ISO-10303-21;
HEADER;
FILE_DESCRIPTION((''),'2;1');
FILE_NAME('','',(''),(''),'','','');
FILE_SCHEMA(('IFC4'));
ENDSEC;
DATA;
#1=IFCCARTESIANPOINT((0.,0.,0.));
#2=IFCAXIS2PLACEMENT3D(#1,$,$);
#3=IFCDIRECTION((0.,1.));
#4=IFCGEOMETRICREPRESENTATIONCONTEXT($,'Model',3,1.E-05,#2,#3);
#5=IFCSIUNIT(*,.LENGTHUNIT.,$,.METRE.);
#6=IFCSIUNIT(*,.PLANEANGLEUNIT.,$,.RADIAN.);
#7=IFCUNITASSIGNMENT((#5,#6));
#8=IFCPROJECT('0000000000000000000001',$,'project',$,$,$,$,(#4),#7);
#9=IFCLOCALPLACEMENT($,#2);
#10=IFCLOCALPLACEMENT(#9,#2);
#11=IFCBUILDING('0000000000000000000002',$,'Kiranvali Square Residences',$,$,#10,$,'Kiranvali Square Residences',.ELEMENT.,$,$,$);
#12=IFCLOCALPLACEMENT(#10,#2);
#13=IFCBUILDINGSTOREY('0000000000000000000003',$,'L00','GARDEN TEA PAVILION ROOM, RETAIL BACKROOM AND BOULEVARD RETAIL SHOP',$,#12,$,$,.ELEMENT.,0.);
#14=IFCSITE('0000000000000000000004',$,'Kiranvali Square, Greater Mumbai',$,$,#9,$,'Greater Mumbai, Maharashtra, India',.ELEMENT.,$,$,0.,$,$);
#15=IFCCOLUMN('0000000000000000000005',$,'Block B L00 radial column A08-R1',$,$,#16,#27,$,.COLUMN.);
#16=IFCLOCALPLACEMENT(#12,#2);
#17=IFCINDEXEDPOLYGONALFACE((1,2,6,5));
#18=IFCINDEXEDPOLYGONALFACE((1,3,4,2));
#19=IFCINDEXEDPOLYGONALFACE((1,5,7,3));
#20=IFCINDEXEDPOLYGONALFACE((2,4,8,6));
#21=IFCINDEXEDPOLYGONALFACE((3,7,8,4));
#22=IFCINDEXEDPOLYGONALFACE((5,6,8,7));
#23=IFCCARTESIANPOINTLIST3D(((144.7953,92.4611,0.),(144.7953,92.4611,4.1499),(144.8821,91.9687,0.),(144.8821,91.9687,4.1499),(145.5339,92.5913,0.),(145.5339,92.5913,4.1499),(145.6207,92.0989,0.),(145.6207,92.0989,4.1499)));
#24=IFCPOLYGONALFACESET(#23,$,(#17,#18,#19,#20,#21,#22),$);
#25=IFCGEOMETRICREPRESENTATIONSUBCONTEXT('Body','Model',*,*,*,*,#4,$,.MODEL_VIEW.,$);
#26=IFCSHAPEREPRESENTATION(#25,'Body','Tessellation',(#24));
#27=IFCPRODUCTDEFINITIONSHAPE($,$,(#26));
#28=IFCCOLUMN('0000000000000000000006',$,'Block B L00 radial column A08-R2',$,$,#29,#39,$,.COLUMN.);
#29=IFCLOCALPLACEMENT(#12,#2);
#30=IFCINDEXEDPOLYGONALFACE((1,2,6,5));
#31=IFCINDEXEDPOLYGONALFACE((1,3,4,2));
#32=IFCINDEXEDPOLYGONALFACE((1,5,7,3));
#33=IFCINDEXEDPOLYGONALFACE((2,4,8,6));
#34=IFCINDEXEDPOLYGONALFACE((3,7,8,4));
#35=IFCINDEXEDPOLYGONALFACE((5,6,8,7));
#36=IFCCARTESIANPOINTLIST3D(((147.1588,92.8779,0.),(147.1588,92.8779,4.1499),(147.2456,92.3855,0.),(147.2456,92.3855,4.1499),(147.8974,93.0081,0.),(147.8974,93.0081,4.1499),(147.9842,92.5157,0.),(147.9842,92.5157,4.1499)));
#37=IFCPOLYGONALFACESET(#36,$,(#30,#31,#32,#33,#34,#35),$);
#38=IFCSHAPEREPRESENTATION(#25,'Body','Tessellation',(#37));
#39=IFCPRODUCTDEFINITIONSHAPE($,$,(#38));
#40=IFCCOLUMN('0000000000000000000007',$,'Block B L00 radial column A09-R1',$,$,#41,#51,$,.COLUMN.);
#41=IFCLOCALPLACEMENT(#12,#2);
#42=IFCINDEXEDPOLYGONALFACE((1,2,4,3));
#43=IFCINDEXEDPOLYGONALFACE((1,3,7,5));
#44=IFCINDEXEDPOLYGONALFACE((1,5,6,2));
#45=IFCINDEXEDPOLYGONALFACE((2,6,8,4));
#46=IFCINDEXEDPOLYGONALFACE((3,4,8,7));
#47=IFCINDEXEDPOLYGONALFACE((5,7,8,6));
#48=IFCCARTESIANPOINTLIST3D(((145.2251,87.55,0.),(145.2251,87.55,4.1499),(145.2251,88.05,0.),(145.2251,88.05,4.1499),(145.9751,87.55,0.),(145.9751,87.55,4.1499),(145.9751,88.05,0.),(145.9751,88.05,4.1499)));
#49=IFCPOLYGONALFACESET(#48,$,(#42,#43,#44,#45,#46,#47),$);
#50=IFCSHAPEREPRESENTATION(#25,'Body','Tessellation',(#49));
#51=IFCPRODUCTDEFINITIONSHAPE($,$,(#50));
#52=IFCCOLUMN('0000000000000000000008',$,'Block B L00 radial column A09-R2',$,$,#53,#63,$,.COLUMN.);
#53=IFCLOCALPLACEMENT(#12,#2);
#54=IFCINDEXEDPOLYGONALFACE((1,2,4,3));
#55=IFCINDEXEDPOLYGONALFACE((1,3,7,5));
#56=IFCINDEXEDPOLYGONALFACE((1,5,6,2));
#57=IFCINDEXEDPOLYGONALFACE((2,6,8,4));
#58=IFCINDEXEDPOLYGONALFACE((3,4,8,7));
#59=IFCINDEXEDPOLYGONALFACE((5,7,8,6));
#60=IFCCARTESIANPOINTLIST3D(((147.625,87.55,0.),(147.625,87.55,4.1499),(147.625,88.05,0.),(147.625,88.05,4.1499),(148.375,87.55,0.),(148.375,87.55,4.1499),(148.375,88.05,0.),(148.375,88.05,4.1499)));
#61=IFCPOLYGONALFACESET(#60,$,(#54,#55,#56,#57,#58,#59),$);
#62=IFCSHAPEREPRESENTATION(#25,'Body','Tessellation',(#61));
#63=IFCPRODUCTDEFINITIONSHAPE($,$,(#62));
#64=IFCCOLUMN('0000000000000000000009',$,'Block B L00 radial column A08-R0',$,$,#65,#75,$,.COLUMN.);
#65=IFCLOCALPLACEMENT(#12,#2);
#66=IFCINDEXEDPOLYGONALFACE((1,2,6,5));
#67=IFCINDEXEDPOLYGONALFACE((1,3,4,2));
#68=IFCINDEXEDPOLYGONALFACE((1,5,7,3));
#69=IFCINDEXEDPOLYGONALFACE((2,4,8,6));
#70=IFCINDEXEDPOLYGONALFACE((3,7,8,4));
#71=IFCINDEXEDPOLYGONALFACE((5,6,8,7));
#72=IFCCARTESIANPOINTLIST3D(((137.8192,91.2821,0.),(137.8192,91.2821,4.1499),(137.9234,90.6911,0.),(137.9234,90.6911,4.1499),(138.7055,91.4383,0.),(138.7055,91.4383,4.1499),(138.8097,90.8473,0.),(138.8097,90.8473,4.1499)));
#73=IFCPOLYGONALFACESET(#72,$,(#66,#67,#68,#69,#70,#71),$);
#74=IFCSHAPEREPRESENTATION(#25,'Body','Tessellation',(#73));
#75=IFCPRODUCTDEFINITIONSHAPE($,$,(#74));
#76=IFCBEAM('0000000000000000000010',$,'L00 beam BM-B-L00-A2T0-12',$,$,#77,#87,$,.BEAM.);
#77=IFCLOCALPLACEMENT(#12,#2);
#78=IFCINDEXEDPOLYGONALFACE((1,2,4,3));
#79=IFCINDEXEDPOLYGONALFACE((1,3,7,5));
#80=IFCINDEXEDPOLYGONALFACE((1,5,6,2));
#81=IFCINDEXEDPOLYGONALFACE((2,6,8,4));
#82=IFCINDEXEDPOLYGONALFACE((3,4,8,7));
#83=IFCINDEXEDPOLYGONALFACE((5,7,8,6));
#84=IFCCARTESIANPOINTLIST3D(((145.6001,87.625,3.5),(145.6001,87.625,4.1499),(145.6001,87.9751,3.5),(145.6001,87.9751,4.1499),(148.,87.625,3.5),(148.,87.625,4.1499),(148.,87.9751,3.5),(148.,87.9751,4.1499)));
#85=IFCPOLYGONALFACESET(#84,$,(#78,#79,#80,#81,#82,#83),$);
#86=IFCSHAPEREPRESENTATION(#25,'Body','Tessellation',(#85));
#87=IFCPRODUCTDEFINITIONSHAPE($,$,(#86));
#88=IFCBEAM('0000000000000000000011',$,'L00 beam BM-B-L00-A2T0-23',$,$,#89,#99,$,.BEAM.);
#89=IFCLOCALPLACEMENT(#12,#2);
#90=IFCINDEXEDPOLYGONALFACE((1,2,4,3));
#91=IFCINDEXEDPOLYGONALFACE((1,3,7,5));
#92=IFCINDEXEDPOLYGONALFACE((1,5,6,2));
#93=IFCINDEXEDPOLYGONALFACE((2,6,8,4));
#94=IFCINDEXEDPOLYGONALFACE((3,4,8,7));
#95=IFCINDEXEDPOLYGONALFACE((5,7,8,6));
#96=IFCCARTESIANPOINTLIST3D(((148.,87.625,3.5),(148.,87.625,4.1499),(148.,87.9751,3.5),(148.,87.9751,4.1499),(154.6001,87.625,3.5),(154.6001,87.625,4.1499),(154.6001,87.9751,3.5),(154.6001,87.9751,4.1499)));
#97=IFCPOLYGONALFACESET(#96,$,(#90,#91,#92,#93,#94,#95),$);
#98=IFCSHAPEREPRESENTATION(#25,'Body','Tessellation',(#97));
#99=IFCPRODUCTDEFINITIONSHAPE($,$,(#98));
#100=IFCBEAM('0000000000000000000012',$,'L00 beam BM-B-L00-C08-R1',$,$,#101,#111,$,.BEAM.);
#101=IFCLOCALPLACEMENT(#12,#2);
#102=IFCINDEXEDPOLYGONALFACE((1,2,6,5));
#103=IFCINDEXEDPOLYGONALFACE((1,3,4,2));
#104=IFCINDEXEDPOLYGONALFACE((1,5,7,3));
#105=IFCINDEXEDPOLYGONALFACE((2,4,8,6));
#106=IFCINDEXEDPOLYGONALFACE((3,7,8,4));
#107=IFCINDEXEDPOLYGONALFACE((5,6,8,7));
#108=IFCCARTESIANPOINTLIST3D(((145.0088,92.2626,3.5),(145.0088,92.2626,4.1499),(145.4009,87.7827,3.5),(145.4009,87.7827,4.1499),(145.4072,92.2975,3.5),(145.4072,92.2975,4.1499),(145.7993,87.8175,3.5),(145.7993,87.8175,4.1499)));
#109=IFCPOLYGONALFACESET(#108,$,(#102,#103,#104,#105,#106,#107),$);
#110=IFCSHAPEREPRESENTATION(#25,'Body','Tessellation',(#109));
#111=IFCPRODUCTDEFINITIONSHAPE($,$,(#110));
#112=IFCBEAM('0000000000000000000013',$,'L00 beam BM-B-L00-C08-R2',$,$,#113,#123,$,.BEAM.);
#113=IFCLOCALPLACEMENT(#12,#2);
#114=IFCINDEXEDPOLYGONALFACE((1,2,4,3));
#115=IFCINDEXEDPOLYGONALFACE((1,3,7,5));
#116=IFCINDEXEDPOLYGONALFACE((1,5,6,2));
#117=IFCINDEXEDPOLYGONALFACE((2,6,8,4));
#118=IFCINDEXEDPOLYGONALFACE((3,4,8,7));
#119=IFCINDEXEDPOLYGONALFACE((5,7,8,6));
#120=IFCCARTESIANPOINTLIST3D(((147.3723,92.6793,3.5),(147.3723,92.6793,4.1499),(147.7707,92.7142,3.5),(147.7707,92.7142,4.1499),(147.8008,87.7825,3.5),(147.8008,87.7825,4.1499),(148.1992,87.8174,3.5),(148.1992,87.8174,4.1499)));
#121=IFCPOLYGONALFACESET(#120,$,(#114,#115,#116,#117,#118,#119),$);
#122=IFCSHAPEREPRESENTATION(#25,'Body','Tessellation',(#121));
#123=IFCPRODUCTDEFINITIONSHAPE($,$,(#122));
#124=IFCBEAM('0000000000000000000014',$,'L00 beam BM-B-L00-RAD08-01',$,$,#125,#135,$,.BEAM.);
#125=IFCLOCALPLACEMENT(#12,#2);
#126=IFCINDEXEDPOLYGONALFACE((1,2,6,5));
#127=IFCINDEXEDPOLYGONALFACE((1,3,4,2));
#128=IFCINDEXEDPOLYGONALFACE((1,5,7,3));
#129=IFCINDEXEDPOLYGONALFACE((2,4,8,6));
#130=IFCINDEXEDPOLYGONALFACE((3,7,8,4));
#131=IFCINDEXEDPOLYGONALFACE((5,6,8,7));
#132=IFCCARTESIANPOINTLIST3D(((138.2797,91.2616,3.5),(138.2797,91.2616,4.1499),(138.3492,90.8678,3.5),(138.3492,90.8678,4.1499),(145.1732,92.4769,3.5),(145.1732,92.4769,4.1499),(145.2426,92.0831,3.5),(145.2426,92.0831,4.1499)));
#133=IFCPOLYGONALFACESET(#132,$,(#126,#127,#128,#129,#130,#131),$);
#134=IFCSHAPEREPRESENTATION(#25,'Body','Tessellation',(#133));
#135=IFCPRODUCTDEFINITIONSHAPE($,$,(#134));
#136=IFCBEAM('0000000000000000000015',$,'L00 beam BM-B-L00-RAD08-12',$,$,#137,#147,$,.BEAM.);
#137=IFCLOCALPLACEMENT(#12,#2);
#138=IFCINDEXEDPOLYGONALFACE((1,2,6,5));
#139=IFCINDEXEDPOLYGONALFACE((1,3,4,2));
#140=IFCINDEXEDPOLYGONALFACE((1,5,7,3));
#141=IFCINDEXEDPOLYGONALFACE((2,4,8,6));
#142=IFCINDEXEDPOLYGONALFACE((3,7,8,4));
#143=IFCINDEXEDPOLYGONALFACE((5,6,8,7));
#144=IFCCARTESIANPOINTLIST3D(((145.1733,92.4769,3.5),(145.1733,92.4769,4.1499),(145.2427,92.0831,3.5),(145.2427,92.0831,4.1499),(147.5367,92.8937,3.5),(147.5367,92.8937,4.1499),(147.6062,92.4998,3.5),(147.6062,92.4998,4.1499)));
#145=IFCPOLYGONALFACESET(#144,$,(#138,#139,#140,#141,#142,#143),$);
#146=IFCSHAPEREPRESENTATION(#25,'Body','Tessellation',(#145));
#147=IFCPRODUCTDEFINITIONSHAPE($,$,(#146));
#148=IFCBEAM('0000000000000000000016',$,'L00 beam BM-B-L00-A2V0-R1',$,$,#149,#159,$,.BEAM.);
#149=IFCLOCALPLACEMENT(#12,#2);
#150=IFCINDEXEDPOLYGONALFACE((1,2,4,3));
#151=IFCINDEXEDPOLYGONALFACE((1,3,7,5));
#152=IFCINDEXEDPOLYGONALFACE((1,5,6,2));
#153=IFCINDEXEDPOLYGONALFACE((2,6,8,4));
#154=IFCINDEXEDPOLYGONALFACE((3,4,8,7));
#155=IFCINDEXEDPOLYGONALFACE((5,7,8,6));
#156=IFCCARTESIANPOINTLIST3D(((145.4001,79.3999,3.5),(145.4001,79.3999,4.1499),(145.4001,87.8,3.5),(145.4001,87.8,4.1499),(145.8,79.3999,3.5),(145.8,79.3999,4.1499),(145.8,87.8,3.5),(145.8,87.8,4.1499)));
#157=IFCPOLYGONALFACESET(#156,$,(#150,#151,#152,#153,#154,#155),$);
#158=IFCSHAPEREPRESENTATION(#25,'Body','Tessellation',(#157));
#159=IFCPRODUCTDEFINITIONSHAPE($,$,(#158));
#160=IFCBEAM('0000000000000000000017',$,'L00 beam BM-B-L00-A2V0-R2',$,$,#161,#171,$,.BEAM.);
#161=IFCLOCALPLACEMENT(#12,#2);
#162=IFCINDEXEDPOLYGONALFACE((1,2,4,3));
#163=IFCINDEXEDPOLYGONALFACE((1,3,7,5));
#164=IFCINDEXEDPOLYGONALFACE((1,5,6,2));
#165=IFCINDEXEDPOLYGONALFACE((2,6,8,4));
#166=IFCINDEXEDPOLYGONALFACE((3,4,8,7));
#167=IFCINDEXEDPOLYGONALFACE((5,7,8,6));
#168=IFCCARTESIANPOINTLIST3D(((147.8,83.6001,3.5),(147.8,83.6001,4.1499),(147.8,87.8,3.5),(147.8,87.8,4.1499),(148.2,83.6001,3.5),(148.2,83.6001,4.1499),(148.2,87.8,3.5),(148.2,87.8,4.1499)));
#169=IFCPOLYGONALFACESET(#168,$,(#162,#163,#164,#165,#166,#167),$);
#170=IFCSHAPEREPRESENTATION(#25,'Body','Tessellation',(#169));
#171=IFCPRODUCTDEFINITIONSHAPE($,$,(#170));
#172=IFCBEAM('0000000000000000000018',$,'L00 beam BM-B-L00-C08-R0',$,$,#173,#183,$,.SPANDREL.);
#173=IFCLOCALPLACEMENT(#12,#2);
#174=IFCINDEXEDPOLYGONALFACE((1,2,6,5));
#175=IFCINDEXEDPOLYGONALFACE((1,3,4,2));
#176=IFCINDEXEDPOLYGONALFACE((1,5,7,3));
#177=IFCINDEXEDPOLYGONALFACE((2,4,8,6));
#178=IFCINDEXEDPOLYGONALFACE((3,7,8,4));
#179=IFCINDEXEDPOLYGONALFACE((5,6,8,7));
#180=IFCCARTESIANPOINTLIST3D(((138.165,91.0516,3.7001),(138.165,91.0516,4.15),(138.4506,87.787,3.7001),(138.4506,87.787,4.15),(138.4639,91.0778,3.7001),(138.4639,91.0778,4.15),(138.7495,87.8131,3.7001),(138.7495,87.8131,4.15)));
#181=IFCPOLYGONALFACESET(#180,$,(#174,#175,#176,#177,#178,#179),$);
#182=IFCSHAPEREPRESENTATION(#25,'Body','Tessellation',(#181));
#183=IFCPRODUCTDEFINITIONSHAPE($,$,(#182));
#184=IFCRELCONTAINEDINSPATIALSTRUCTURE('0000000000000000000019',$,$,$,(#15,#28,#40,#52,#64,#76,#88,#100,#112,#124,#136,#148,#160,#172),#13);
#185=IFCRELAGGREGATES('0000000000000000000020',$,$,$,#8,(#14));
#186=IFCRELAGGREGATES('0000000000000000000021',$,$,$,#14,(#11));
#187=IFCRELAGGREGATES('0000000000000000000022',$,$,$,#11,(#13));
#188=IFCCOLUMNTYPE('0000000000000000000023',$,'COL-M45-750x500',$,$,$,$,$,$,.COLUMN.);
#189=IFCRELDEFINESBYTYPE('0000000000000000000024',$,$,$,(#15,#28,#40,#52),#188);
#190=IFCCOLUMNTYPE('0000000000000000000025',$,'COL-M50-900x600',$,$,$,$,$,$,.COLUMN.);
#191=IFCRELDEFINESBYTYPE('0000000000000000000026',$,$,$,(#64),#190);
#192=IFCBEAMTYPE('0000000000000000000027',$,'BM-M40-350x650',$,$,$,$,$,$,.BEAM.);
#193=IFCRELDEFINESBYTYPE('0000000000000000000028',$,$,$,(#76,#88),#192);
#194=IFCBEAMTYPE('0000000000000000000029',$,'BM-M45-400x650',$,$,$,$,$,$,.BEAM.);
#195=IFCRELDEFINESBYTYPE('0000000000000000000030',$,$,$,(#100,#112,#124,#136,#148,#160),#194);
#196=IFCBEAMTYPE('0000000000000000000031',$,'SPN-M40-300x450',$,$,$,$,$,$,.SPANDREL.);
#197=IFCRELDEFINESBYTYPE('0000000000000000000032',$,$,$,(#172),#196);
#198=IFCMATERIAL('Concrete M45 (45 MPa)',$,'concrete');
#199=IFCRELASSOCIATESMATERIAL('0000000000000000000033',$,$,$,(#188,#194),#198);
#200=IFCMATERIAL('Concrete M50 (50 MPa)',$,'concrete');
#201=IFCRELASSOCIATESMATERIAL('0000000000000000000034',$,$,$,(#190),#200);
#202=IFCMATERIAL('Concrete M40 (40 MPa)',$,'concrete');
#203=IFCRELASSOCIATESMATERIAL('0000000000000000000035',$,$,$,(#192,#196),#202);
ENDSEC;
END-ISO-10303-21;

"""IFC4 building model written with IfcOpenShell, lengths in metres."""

from ifc_helpers import new_model, si_unit, direction, frame, origin, origin_2d, place, context, subcontext, project, spatial, rectangle, extrude, material, material_profile, profile_set, type_object, element, save


model = new_model("IFC4")

# Units and contexts
model_context = context("Model", 3, precision=1e-05, world=origin(), true_north=direction((0.0, 1.0)))
body_context = subcontext(model_context, "Body", "Model", "MODEL_VIEW")
ifc_project = project(units=[si_unit("LENGTHUNIT", "METRE"), si_unit("PLANEANGLEUNIT", "RADIAN")], contexts=[model_context])

# Site, building, storey
site_placement = place(None, origin())
site = spatial("IfcSite", under=ifc_project, at=site_placement, Name="Kiranvali Square, Greater Mumbai", LongName="Greater Mumbai, Maharashtra, India", CompositionType="ELEMENT", RefElevation=0.0)
building_placement = place(site_placement, origin())
building = spatial("IfcBuilding", under=site, at=building_placement, Name="Kiranvali Square Residences", LongName="Kiranvali Square Residences", CompositionType="ELEMENT")
storey_placement = place(building_placement, origin())
storey = spatial("IfcBuildingStorey", under=building, at=storey_placement, Name="L00", Description="GARDEN TEA PAVILION ROOM, RETAIL BACKROOM AND BOULEVARD RETAIL SHOP", CompositionType="ELEMENT", Elevation=0.0)

# Columns
ifc_material_1 = material(Name="Concrete M45 (45 MPa)", Category="concrete")
ifc_material_profile_1 = material_profile(ifc_material_1, rectangle(XDim=0.5, YDim=0.75, at=origin_2d()), Name="RC 750x500")
ifc_profile_set_1 = profile_set([ifc_material_profile_1], Name="Concrete M45 (45 MPa)")
column_type_1 = type_object("IfcColumnType", Name="COL-M45-750x500", PredefinedType="COLUMN", material=ifc_profile_set_1)
for number, where, z_axis, x_axis, name in (
    (1, (145.208, 92.28, 0.0), (0.0, 0.0, 1.0), (-0.173648, 0.984808, 0.0), "Block B L00 radial column A08-R1"),
    (2, (147.5715, 92.6968, 0.0), (0.0, 0.0, 1.0), (-0.173648, 0.984808, 0.0), "Block B L00 radial column A08-R2"),
    (3, (145.6001, 87.8, 0.0), (0.0, 0.0, 1.0), (0.0, 1.0, 0.0), "Block B L00 radial column A09-R1"),
    (4, (148.0, 87.8, 0.0), (0.0, 0.0, 1.0), (0.0, 1.0, 0.0), "Block B L00 radial column A09-R2"),
):
    element("IfcColumn", number, at=place(storey_placement, frame(where, z_axis=z_axis, x_axis=x_axis)), inside=storey, type_object=column_type_1, Name=name, PredefinedType="COLUMN", context=body_context, shape_type="SweptSolid", body=[
        extrude(rectangle(XDim=0.5, YDim=0.75, at=origin_2d()), origin(), (0.0, 0.0, 1.0), 4.1499),
    ])
ifc_material_2 = material(Name="Concrete M50 (50 MPa)", Category="concrete")
ifc_material_profile_2 = material_profile(ifc_material_2, rectangle(XDim=0.6001, YDim=0.8999, at=origin_2d()), Name="RC 900x600")
ifc_profile_set_2 = profile_set([ifc_material_profile_2], Name="Concrete M50 (50 MPa)")
column_type_2 = type_object("IfcColumnType", Name="COL-M50-900x600", PredefinedType="COLUMN", material=ifc_profile_set_2)
column_placement = place(storey_placement, frame((138.3145, 91.0647, 0.0), z_axis=(0.0, 0.0, 1.0), x_axis=(-0.173648, 0.984808, 0.0)))
element("IfcColumn", 5, at=column_placement, inside=storey, type_object=column_type_2, Name="Block B L00 radial column A08-R0", PredefinedType="COLUMN", context=body_context, shape_type="SweptSolid", body=[
    extrude(rectangle(XDim=0.6001, YDim=0.8999, at=origin_2d()), origin(), (0.0, 0.0, 1.0), 4.1499),
])

# Beams
ifc_material_3 = material(Name="Concrete M40 (40 MPa)", Category="concrete")
ifc_material_profile_3 = material_profile(ifc_material_3, rectangle(XDim=0.3501, YDim=0.6499, at=origin_2d()), Name="RC 350x650")
ifc_profile_set_3 = profile_set([ifc_material_profile_3], Name="Concrete M40 (40 MPa)")
beam_type_1 = type_object("IfcBeamType", Name="BM-M40-350x650", PredefinedType="BEAM", material=ifc_profile_set_3)
beam_1_placement = place(storey_placement, frame((145.6001, 87.8, 3.825), z_axis=(1.0, 0.0, 0.0), x_axis=(0.0, 1.0, 0.0)))
element("IfcBeam", 6, at=beam_1_placement, inside=storey, type_object=beam_type_1, Name="L00 beam BM-B-L00-A2T0-12", PredefinedType="BEAM", context=body_context, shape_type="SweptSolid", body=[
    extrude(rectangle(XDim=0.3501, YDim=0.6499, at=origin_2d()), origin(), (0.0, 0.0, 1.0), 2.3999),
])
beam_2_placement = place(storey_placement, frame((148.0, 87.8, 3.825), z_axis=(1.0, 0.0, 0.0), x_axis=(0.0, 1.0, 0.0)))
element("IfcBeam", 7, at=beam_2_placement, inside=storey, type_object=beam_type_1, Name="L00 beam BM-B-L00-A2T0-23", PredefinedType="BEAM", context=body_context, shape_type="SweptSolid", body=[
    extrude(rectangle(XDim=0.3501, YDim=0.6499, at=origin_2d()), origin(), (0.0, 0.0, 1.0), 6.6001),
])
ifc_material_profile_4 = material_profile(ifc_material_1, rectangle(XDim=0.3999, YDim=0.6499, at=origin_2d()), Name="RC 400x650")
ifc_profile_set_4 = profile_set([ifc_material_profile_4], Name="Concrete M45 (45 MPa)")
beam_type_2 = type_object("IfcBeamType", Name="BM-M45-400x650", PredefinedType="BEAM", material=ifc_profile_set_4)
beam_3_placement = place(storey_placement, frame((145.208, 92.28, 3.825), z_axis=(0.087187, -0.996192, 0.0), x_axis=(0.996192, 0.087187, 0.0)))
element("IfcBeam", 8, at=beam_3_placement, inside=storey, type_object=beam_type_2, Name="L00 beam BM-B-L00-C08-R1", PredefinedType="BEAM", context=body_context, shape_type="SweptSolid", body=[
    extrude(rectangle(XDim=0.3999, YDim=0.6499, at=origin_2d()), origin(), (0.0, 0.0, 1.0), 4.4971),
])
beam_4_placement = place(storey_placement, frame((147.5715, 92.6968, 3.825), z_axis=(0.087168, -0.996194, 0.0), x_axis=(0.996194, 0.087168, 0.0)))
element("IfcBeam", 9, at=beam_4_placement, inside=storey, type_object=beam_type_2, Name="L00 beam BM-B-L00-C08-R2", PredefinedType="BEAM", context=body_context, shape_type="SweptSolid", body=[
    extrude(rectangle(XDim=0.3999, YDim=0.6499, at=origin_2d()), origin(), (0.0, 0.0, 1.0), 4.9155),
])
beam_5_placement = place(storey_placement, frame((138.3145, 91.0647, 3.825), z_axis=(0.984812, 0.173622, 0.0), x_axis=(-0.173622, 0.984812, 0.0)))
element("IfcBeam", 10, at=beam_5_placement, inside=storey, type_object=beam_type_2, Name="L00 beam BM-B-L00-RAD08-01", PredefinedType="BEAM", context=body_context, shape_type="SweptSolid", body=[
    extrude(rectangle(XDim=0.3999, YDim=0.6499, at=origin_2d()), origin(), (0.0, 0.0, 1.0), 6.9998),
])
beam_6_placement = place(storey_placement, frame((145.208, 92.28, 3.825), z_axis=(0.984808, 0.173646, 0.0), x_axis=(-0.173646, 0.984808, 0.0)))
element("IfcBeam", 11, at=beam_6_placement, inside=storey, type_object=beam_type_2, Name="L00 beam BM-B-L00-RAD08-12", PredefinedType="BEAM", context=body_context, shape_type="SweptSolid", body=[
    extrude(rectangle(XDim=0.3999, YDim=0.6499, at=origin_2d()), origin(), (0.0, 0.0, 1.0), 2.3999),
])
beam_7_placement = place(storey_placement, frame((145.6001, 87.8, 3.825), z_axis=(0.0, -1.0, 0.0), x_axis=(1.0, 0.0, 0.0)))
element("IfcBeam", 12, at=beam_7_placement, inside=storey, type_object=beam_type_2, Name="L00 beam BM-B-L00-A2V0-R1", PredefinedType="BEAM", context=body_context, shape_type="SweptSolid", body=[
    extrude(rectangle(XDim=0.3999, YDim=0.6499, at=origin_2d()), origin(), (0.0, 0.0, 1.0), 8.4001),
])
beam_8_placement = place(storey_placement, frame((148.0, 87.8, 3.825), z_axis=(0.0, -1.0, 0.0), x_axis=(1.0, 0.0, 0.0)))
element("IfcBeam", 13, at=beam_8_placement, inside=storey, type_object=beam_type_2, Name="L00 beam BM-B-L00-A2V0-R2", PredefinedType="BEAM", context=body_context, shape_type="SweptSolid", body=[
    extrude(rectangle(XDim=0.3999, YDim=0.6499, at=origin_2d()), origin(), (0.0, 0.0, 1.0), 4.2),
])
ifc_material_profile_5 = material_profile(ifc_material_3, rectangle(XDim=0.3, YDim=0.45, at=origin_2d()), Name="RC 300x450")
ifc_profile_set_5 = profile_set([ifc_material_profile_5], Name="Concrete M40 (40 MPa)")
beam_type_3 = type_object("IfcBeamType", Name="SPN-M40-300x450", PredefinedType="SPANDREL", material=ifc_profile_set_5)
beam_9_placement = place(storey_placement, frame((138.3145, 91.0647, 3.925), z_axis=(0.087163, -0.996194, 0.0), x_axis=(0.996194, 0.087163, 0.0)))
element("IfcBeam", 14, at=beam_9_placement, inside=storey, type_object=beam_type_3, Name="L00 beam BM-B-L00-C08-R0", PredefinedType="SPANDREL", context=body_context, shape_type="SweptSolid", body=[
    extrude(rectangle(XDim=0.3, YDim=0.45, at=origin_2d()), origin(), (0.0, 0.0, 1.0), 3.2771),
])

save(model, "model.ifc")
